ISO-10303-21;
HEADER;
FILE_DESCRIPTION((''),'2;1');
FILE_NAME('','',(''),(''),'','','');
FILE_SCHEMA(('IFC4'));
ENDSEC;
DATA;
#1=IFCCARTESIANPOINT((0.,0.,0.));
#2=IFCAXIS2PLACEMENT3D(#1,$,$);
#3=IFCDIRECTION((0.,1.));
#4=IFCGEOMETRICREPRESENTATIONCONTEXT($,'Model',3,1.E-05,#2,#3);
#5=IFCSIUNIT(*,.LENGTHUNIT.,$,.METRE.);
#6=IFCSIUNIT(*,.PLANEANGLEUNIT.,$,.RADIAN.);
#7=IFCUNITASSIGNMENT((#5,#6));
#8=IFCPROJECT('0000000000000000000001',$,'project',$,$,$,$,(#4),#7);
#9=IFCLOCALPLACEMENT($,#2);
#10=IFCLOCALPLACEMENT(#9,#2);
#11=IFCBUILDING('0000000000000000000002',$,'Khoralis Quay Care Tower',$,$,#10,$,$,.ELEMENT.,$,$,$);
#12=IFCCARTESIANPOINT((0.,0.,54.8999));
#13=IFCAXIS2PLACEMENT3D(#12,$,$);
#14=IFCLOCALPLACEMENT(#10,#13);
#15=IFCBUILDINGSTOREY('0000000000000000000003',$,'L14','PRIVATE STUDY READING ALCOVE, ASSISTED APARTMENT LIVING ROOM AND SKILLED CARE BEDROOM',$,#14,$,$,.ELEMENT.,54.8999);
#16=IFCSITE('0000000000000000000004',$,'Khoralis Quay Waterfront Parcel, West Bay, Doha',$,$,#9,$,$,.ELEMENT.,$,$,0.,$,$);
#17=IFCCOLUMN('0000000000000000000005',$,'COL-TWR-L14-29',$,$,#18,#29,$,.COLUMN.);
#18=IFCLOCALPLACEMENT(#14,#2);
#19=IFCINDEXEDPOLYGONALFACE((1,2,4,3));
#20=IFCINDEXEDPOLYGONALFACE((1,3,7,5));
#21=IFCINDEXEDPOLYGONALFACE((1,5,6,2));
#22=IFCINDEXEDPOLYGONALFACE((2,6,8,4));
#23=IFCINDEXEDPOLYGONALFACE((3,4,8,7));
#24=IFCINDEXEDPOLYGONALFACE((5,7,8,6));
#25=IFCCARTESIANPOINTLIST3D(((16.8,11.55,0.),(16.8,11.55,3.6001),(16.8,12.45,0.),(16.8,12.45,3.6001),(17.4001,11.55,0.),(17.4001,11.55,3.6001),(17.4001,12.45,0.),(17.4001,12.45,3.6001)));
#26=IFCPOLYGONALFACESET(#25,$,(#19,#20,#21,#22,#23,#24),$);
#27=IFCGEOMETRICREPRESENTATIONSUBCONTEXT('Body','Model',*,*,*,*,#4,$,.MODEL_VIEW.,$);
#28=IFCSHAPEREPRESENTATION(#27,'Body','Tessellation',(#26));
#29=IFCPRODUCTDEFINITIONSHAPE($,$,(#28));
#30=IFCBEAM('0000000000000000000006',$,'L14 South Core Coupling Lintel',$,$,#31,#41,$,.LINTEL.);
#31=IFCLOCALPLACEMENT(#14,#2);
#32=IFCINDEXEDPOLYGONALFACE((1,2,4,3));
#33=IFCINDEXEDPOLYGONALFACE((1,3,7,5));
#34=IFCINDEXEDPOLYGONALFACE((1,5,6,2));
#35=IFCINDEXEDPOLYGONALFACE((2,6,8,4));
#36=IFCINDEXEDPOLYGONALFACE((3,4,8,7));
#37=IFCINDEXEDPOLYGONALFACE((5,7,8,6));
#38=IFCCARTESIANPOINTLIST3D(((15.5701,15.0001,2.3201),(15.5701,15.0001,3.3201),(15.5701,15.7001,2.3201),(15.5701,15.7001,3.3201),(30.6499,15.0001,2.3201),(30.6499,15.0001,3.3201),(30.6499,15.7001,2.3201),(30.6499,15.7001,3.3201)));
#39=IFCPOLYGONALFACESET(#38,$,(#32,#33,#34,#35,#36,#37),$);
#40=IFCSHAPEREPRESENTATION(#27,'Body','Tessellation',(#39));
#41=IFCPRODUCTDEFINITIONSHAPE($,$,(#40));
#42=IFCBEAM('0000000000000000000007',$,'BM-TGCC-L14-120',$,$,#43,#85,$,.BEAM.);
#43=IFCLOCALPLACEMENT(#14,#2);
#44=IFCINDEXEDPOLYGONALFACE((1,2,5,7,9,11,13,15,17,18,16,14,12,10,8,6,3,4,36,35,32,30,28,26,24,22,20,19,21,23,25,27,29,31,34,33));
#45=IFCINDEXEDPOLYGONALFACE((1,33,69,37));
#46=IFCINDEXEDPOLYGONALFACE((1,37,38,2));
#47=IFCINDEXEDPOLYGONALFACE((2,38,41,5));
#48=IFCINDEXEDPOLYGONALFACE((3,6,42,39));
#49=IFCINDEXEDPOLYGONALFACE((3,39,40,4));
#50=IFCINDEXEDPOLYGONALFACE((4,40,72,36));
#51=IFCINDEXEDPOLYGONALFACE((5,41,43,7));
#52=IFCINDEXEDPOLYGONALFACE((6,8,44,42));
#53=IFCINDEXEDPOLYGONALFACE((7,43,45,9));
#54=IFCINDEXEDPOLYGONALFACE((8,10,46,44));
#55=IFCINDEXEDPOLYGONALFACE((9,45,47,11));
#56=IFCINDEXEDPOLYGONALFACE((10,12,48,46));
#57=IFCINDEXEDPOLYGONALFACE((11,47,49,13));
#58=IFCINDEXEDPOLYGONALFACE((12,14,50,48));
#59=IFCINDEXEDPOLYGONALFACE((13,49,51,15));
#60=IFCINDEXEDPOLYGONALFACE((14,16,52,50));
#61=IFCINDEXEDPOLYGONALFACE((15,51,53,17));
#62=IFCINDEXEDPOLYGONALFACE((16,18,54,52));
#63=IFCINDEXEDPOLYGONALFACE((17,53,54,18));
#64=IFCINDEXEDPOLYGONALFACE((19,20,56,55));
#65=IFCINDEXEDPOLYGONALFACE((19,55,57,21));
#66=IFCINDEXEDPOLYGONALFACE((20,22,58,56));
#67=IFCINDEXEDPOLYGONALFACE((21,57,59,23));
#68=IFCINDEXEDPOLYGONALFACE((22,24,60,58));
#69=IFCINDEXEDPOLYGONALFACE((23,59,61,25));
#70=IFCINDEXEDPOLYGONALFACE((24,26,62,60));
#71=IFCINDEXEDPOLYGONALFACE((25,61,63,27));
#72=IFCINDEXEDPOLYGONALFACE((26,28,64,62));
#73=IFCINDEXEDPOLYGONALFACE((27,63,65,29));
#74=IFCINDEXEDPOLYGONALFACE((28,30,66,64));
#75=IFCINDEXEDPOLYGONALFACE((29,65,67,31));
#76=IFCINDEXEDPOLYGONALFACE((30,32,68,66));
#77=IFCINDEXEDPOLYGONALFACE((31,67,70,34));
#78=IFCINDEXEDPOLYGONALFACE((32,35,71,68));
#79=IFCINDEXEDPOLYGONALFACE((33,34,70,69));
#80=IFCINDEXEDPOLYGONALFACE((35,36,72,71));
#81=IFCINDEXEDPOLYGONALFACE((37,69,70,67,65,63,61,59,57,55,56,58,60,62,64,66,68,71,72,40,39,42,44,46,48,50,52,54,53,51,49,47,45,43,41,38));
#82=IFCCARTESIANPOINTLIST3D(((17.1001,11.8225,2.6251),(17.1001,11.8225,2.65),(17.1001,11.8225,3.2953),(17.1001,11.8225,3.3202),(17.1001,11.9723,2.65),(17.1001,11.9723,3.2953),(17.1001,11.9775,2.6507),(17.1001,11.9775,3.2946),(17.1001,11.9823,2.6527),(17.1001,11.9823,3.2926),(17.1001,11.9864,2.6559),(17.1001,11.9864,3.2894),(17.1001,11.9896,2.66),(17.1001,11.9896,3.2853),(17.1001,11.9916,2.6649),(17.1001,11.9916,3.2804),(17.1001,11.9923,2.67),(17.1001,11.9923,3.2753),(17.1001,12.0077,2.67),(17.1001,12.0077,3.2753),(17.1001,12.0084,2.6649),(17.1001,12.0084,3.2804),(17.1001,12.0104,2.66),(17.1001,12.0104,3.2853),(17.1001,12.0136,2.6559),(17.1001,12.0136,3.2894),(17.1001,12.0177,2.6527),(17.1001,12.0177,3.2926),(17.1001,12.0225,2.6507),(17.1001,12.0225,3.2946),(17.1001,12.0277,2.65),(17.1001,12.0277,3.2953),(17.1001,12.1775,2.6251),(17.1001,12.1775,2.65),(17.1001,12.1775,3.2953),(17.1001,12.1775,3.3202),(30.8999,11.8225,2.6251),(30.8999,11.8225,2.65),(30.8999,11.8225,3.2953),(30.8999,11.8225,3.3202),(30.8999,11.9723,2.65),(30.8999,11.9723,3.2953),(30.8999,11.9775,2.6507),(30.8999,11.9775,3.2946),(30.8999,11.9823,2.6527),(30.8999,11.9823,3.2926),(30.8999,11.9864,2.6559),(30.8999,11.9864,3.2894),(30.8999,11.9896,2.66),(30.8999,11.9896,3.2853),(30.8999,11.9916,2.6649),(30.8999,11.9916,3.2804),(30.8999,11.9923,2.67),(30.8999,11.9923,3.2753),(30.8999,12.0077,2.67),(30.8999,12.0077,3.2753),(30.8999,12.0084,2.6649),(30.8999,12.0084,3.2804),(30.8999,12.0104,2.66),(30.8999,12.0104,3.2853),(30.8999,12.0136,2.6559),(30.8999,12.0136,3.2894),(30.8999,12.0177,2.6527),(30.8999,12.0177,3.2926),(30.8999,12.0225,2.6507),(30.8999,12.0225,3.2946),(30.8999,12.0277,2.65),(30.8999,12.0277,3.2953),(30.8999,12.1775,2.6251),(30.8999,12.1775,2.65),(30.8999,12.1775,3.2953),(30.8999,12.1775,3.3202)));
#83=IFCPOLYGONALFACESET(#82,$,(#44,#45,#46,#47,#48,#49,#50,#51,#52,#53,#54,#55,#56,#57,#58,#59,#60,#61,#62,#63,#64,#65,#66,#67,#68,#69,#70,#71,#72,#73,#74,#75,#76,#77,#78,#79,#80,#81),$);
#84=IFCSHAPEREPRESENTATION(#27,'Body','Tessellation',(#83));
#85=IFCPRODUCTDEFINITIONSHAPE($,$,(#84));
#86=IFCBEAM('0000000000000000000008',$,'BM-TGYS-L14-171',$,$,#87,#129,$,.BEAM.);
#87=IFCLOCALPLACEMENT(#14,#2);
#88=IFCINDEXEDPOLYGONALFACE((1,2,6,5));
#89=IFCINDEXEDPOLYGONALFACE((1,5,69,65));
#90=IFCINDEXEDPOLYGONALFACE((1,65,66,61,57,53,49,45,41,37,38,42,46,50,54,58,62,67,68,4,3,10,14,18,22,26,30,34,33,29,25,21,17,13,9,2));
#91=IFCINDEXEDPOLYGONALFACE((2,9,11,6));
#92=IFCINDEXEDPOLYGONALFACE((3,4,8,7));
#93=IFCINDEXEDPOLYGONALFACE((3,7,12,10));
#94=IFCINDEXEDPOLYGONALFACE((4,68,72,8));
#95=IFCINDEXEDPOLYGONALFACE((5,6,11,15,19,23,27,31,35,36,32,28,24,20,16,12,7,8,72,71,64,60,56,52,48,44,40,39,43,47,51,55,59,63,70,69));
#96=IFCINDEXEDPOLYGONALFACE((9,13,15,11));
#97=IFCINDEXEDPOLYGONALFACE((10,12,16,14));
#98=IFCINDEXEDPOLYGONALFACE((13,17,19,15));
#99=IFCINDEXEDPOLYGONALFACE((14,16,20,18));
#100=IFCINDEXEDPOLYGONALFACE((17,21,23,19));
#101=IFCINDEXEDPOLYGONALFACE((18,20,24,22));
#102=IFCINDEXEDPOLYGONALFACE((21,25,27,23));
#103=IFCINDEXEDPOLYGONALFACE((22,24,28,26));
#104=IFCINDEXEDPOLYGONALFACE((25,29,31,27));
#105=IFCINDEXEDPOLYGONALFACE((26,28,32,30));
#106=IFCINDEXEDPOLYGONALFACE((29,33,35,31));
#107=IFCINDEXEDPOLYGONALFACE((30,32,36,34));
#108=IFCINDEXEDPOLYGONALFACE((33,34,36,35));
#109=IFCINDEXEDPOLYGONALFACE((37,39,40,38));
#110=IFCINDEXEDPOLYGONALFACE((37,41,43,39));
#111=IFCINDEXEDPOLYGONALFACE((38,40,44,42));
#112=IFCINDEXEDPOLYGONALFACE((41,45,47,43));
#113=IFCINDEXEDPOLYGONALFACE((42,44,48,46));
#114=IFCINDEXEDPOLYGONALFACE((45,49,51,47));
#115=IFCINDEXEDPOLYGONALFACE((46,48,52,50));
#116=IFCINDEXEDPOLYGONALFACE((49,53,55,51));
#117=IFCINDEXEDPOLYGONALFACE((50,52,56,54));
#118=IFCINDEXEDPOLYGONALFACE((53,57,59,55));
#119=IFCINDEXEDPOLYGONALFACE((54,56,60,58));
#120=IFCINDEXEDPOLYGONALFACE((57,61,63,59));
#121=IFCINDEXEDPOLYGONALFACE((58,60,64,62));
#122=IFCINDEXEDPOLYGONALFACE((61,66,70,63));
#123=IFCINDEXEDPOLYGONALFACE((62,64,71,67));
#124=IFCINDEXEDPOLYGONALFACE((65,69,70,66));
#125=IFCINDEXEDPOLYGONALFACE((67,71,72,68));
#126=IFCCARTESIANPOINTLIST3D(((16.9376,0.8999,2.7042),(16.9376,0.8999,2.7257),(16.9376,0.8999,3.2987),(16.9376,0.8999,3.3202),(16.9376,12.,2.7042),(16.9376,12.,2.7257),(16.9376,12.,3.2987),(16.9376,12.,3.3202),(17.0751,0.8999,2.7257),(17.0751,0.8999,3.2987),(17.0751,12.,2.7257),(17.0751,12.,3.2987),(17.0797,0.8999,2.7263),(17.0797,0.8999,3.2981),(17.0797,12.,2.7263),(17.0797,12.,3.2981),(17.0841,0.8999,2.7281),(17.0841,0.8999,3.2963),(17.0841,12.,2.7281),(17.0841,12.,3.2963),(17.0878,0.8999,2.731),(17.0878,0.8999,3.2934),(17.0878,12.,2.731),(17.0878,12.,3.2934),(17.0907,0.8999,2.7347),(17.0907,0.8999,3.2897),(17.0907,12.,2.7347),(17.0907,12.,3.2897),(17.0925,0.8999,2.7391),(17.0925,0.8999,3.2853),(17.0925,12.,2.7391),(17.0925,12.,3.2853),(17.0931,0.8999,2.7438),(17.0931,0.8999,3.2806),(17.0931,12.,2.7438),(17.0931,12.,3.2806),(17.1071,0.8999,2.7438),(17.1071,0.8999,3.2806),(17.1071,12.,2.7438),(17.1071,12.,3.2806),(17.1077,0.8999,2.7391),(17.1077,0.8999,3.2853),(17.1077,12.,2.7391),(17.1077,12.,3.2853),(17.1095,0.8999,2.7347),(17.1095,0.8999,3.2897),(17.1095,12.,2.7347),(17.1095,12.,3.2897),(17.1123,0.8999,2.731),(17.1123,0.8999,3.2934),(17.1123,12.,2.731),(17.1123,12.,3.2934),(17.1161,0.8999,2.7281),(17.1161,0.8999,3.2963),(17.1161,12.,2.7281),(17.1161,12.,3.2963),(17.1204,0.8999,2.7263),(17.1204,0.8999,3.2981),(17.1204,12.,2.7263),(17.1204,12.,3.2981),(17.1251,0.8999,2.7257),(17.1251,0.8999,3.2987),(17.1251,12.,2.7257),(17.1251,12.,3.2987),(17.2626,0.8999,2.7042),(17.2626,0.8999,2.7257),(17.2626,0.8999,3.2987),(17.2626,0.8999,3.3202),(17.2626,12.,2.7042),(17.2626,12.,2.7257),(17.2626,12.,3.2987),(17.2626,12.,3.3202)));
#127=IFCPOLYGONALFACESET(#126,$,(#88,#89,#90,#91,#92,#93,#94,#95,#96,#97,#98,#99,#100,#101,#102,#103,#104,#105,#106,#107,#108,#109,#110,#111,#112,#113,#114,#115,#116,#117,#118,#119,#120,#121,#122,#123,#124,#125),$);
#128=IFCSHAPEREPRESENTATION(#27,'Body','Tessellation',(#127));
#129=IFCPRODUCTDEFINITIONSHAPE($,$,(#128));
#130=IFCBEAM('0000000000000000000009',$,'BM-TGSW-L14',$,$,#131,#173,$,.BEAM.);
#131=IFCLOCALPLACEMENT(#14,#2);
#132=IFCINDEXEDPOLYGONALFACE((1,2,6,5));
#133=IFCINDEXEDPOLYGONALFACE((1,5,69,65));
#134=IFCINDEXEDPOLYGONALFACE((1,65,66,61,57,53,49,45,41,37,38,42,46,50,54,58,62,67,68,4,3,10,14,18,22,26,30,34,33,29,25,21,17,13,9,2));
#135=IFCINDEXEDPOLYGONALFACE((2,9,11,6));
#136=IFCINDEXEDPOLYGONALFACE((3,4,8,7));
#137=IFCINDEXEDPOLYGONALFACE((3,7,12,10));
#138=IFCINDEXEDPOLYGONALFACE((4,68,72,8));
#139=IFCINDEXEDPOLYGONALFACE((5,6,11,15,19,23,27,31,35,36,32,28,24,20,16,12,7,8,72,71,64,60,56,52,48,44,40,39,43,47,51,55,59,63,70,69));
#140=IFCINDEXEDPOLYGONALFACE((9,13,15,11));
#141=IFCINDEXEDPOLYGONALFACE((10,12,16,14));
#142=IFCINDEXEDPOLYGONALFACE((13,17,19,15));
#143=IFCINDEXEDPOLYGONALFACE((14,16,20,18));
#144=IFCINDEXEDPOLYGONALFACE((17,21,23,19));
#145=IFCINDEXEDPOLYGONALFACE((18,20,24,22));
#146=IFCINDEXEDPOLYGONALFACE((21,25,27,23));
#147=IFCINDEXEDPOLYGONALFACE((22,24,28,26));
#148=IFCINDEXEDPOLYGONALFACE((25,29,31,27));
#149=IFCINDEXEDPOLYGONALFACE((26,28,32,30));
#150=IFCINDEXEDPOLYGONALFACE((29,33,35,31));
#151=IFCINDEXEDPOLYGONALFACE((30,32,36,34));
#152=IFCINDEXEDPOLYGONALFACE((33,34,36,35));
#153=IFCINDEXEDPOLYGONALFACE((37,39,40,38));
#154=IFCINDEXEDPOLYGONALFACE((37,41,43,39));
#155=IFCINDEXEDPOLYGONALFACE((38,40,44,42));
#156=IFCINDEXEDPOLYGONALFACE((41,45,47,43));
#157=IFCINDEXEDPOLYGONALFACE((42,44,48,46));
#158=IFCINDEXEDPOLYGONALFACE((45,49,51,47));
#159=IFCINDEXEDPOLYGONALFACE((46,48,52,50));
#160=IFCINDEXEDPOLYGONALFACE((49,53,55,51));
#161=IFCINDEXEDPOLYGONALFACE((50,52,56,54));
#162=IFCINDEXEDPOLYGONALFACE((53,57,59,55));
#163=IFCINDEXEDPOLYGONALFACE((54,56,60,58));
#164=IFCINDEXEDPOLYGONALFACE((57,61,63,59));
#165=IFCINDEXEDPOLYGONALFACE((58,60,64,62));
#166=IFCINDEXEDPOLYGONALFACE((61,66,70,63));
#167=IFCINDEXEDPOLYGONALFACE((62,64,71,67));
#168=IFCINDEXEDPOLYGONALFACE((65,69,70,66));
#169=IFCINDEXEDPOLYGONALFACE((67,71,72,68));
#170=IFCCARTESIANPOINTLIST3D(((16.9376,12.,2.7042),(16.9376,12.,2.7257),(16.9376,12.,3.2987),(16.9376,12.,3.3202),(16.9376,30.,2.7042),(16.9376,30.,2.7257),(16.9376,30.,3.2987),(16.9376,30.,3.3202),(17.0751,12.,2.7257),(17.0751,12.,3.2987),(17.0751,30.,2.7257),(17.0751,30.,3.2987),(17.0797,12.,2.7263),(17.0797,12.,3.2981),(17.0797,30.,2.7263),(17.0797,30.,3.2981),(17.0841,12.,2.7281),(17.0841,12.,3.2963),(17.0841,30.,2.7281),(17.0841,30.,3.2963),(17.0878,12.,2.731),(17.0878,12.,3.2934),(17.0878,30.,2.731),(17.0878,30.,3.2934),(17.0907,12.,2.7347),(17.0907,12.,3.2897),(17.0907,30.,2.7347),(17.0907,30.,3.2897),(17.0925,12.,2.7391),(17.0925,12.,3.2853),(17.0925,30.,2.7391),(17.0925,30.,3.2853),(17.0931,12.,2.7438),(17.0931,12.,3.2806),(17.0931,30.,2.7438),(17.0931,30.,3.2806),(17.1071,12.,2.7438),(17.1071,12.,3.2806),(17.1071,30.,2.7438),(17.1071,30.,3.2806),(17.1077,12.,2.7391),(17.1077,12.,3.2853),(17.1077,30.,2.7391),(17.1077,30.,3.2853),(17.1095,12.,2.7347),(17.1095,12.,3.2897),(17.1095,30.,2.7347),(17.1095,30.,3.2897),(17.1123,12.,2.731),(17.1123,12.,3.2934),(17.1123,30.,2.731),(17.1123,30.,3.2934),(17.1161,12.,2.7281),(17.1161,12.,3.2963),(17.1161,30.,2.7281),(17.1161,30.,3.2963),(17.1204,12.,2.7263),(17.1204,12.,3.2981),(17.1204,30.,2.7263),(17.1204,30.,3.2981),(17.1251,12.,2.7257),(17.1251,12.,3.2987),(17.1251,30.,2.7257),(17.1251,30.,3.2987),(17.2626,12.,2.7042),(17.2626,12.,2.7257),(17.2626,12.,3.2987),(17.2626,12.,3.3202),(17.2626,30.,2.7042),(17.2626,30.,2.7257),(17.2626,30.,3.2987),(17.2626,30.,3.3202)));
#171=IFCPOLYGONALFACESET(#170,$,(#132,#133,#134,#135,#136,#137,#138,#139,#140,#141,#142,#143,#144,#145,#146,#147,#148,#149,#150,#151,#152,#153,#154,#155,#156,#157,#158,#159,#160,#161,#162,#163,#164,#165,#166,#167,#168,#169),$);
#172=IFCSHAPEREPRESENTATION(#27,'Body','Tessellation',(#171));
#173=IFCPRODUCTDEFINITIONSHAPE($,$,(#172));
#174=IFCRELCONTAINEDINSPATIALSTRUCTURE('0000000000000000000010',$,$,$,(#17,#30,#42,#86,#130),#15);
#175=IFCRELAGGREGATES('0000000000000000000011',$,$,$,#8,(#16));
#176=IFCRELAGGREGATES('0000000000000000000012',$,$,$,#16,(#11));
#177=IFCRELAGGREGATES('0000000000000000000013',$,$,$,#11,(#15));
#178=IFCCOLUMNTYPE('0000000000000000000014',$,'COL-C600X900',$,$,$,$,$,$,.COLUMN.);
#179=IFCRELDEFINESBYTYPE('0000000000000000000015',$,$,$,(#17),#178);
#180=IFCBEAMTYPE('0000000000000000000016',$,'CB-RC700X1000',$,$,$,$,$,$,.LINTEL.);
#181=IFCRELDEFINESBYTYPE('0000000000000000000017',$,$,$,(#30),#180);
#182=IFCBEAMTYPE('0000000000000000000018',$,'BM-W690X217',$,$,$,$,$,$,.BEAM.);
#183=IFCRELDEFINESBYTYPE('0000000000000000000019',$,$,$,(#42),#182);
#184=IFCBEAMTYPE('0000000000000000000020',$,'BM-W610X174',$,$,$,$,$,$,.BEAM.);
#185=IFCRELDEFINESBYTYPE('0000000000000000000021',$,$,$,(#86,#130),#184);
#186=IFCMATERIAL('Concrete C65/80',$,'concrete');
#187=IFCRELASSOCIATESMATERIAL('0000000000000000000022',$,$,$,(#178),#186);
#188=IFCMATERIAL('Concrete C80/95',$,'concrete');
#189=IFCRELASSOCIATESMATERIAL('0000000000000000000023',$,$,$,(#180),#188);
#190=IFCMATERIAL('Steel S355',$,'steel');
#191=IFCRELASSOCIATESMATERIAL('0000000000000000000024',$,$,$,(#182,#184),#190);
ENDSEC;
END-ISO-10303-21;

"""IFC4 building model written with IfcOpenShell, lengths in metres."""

from ifc_helpers import new_model, si_unit, direction, frame, origin, origin_2d, place, context, subcontext, project, spatial, rectangle, i_section, extrude, source, transform, mapped, material, material_profile, profile_set, type_object, element, save


model = new_model("IFC4")

# Units and contexts
model_context = context("Model", 3, precision=1e-05, world=origin(), true_north=direction((0.0, 1.0)))
body_context = subcontext(model_context, "Body", "Model", "MODEL_VIEW")
ifc_project = project(units=[si_unit("LENGTHUNIT", "METRE"), si_unit("PLANEANGLEUNIT", "RADIAN")], contexts=[model_context])

# Site, building, storey
site_placement = place(None, origin())
site = spatial("IfcSite", under=ifc_project, at=site_placement, Name="Khoralis Quay Waterfront Parcel, West Bay, Doha", CompositionType="ELEMENT", RefElevation=0.0)
building_placement = place(site_placement, origin())
building = spatial("IfcBuilding", under=site, at=building_placement, Name="Khoralis Quay Care Tower", CompositionType="ELEMENT")
storey_placement = place(building_placement, frame((0.0, 0.0, 54.8999)))
storey = spatial("IfcBuildingStorey", under=building, at=storey_placement, Name="L14", Description="PRIVATE STUDY READING ALCOVE, ASSISTED APARTMENT LIVING ROOM AND SKILLED CARE BEDROOM", CompositionType="ELEMENT", Elevation=54.8999)

# Column
ifc_material_1 = material(Name="Concrete C65/80", Category="concrete")
ifc_material_profile_1 = material_profile(ifc_material_1, rectangle(XDim=0.6001, YDim=0.8999, at=origin_2d()), Name="Concrete C65/80")
ifc_profile_set_1 = profile_set([ifc_material_profile_1], Name="Concrete C65/80")
column_type = type_object("IfcColumnType", Name="COL-C600X900", PredefinedType="COLUMN", material=ifc_profile_set_1)
shared_shape_1 = source(origin(), body_context, "Body", "SweptSolid", [
    extrude(rectangle(XDim=0.6001, YDim=0.8999, at=origin_2d()), origin(), (0.0, 0.0, 1.0), 3.6001),
])
column_placement = place(storey_placement, frame((17.1001, 12.0, 0.0), z_axis=(0.0, 0.0, 1.0), x_axis=(1.0, 0.0, 0.0)))
element("IfcColumn", 1, at=column_placement, inside=storey, type_object=column_type, Name="COL-TWR-L14-29", PredefinedType="COLUMN", context=body_context, shape_type="MappedRepresentation", body=[
    mapped(shared_shape_1, transform((0.0, 0.0, 0.0), scale=1.0)),
])

# Beams
ifc_material_2 = material(Name="Concrete C80/95", Category="concrete")
ifc_material_profile_2 = material_profile(ifc_material_2, rectangle(XDim=0.7, YDim=1.0, at=origin_2d()), Name="Concrete C80/95")
ifc_profile_set_2 = profile_set([ifc_material_profile_2], Name="Concrete C80/95")
beam_type_1 = type_object("IfcBeamType", Name="CB-RC700X1000", PredefinedType="LINTEL", material=ifc_profile_set_2)
shared_shape_2 = source(origin(), body_context, "Body", "SweptSolid", [
    extrude(rectangle(XDim=0.7, YDim=1.0, at=origin_2d()), origin(), (0.0, 0.0, 1.0), 15.0798),
])
beam_1_placement = place(storey_placement, frame((15.5701, 15.3501, 2.8201), z_axis=(1.0, 0.0, 0.0), x_axis=(0.0, 1.0, 0.0)))
element("IfcBeam", 2, at=beam_1_placement, inside=storey, type_object=beam_type_1, Name="L14 South Core Coupling Lintel", PredefinedType="LINTEL", context=body_context, shape_type="MappedRepresentation", body=[
    mapped(shared_shape_2, transform((0.0, 0.0, 0.0), scale=1.0)),
])
ifc_material_3 = material(Name="Steel S355", Category="steel")
ifc_material_profile_3 = material_profile(ifc_material_3, i_section(OverallWidth=0.355, OverallDepth=0.6951, WebThickness=0.0154, FlangeThickness=0.0249, FilletRadius=0.02, at=origin_2d()), Name="Steel S355")
ifc_profile_set_3 = profile_set([ifc_material_profile_3], Name="Steel S355")
beam_type_2 = type_object("IfcBeamType", Name="BM-W690X217", PredefinedType="BEAM", material=ifc_profile_set_3)
shared_shape_3 = source(origin(), body_context, "Body", "SweptSolid", [
    extrude(i_section(OverallWidth=0.355, OverallDepth=0.6951, WebThickness=0.0154, FlangeThickness=0.0249, FilletRadius=0.02, at=origin_2d()), origin(), (0.0, 0.0, 1.0), 13.7998),
])
beam_2_placement = place(storey_placement, frame((17.1001, 12.0, 2.9727), z_axis=(1.0, 0.0, 0.0), x_axis=(0.0, 1.0, 0.0)))
element("IfcBeam", 3, at=beam_2_placement, inside=storey, type_object=beam_type_2, Name="BM-TGCC-L14-120", PredefinedType="BEAM", context=body_context, shape_type="MappedRepresentation", body=[
    mapped(shared_shape_3, transform((0.0, 0.0, 0.0), scale=1.0)),
])
ifc_material_profile_4 = material_profile(ifc_material_3, i_section(OverallWidth=0.325, OverallDepth=0.616, WebThickness=0.0139, FlangeThickness=0.0215, FilletRadius=0.0181, at=origin_2d()), Name="Steel S355")
ifc_profile_set_4 = profile_set([ifc_material_profile_4], Name="Steel S355")
beam_type_3 = type_object("IfcBeamType", Name="BM-W610X174", PredefinedType="BEAM", material=ifc_profile_set_4)
shared_shape_4 = source(origin(), body_context, "Body", "SweptSolid", [
    extrude(i_section(OverallWidth=0.325, OverallDepth=0.616, WebThickness=0.0139, FlangeThickness=0.0215, FilletRadius=0.0181, at=origin_2d()), origin(), (0.0, 0.0, 1.0), 11.1001),
])
beam_3_placement = place(storey_placement, frame((17.1001, 0.8999, 3.0122), z_axis=(0.0, 1.0, 0.0), x_axis=(-1.0, 0.0, 0.0)))
element("IfcBeam", 4, at=beam_3_placement, inside=storey, type_object=beam_type_3, Name="BM-TGYS-L14-171", PredefinedType="BEAM", context=body_context, shape_type="MappedRepresentation", body=[
    mapped(shared_shape_4, transform((0.0, 0.0, 0.0), scale=1.0)),
])
shared_shape_5 = source(origin(), body_context, "Body", "SweptSolid", [
    extrude(i_section(OverallWidth=0.325, OverallDepth=0.616, WebThickness=0.0139, FlangeThickness=0.0215, FilletRadius=0.0181, at=origin_2d()), origin(), (0.0, 0.0, 1.0), 18.0),
])
beam_4_placement = place(storey_placement, frame((17.1001, 12.0, 3.0122), z_axis=(0.0, 1.0, 0.0), x_axis=(-1.0, 0.0, 0.0)))
element("IfcBeam", 5, at=beam_4_placement, inside=storey, type_object=beam_type_3, Name="BM-TGSW-L14", PredefinedType="BEAM", context=body_context, shape_type="MappedRepresentation", body=[
    mapped(shared_shape_5, transform((0.0, 0.0, 0.0), scale=1.0)),
])

save(model, "model.ifc")
